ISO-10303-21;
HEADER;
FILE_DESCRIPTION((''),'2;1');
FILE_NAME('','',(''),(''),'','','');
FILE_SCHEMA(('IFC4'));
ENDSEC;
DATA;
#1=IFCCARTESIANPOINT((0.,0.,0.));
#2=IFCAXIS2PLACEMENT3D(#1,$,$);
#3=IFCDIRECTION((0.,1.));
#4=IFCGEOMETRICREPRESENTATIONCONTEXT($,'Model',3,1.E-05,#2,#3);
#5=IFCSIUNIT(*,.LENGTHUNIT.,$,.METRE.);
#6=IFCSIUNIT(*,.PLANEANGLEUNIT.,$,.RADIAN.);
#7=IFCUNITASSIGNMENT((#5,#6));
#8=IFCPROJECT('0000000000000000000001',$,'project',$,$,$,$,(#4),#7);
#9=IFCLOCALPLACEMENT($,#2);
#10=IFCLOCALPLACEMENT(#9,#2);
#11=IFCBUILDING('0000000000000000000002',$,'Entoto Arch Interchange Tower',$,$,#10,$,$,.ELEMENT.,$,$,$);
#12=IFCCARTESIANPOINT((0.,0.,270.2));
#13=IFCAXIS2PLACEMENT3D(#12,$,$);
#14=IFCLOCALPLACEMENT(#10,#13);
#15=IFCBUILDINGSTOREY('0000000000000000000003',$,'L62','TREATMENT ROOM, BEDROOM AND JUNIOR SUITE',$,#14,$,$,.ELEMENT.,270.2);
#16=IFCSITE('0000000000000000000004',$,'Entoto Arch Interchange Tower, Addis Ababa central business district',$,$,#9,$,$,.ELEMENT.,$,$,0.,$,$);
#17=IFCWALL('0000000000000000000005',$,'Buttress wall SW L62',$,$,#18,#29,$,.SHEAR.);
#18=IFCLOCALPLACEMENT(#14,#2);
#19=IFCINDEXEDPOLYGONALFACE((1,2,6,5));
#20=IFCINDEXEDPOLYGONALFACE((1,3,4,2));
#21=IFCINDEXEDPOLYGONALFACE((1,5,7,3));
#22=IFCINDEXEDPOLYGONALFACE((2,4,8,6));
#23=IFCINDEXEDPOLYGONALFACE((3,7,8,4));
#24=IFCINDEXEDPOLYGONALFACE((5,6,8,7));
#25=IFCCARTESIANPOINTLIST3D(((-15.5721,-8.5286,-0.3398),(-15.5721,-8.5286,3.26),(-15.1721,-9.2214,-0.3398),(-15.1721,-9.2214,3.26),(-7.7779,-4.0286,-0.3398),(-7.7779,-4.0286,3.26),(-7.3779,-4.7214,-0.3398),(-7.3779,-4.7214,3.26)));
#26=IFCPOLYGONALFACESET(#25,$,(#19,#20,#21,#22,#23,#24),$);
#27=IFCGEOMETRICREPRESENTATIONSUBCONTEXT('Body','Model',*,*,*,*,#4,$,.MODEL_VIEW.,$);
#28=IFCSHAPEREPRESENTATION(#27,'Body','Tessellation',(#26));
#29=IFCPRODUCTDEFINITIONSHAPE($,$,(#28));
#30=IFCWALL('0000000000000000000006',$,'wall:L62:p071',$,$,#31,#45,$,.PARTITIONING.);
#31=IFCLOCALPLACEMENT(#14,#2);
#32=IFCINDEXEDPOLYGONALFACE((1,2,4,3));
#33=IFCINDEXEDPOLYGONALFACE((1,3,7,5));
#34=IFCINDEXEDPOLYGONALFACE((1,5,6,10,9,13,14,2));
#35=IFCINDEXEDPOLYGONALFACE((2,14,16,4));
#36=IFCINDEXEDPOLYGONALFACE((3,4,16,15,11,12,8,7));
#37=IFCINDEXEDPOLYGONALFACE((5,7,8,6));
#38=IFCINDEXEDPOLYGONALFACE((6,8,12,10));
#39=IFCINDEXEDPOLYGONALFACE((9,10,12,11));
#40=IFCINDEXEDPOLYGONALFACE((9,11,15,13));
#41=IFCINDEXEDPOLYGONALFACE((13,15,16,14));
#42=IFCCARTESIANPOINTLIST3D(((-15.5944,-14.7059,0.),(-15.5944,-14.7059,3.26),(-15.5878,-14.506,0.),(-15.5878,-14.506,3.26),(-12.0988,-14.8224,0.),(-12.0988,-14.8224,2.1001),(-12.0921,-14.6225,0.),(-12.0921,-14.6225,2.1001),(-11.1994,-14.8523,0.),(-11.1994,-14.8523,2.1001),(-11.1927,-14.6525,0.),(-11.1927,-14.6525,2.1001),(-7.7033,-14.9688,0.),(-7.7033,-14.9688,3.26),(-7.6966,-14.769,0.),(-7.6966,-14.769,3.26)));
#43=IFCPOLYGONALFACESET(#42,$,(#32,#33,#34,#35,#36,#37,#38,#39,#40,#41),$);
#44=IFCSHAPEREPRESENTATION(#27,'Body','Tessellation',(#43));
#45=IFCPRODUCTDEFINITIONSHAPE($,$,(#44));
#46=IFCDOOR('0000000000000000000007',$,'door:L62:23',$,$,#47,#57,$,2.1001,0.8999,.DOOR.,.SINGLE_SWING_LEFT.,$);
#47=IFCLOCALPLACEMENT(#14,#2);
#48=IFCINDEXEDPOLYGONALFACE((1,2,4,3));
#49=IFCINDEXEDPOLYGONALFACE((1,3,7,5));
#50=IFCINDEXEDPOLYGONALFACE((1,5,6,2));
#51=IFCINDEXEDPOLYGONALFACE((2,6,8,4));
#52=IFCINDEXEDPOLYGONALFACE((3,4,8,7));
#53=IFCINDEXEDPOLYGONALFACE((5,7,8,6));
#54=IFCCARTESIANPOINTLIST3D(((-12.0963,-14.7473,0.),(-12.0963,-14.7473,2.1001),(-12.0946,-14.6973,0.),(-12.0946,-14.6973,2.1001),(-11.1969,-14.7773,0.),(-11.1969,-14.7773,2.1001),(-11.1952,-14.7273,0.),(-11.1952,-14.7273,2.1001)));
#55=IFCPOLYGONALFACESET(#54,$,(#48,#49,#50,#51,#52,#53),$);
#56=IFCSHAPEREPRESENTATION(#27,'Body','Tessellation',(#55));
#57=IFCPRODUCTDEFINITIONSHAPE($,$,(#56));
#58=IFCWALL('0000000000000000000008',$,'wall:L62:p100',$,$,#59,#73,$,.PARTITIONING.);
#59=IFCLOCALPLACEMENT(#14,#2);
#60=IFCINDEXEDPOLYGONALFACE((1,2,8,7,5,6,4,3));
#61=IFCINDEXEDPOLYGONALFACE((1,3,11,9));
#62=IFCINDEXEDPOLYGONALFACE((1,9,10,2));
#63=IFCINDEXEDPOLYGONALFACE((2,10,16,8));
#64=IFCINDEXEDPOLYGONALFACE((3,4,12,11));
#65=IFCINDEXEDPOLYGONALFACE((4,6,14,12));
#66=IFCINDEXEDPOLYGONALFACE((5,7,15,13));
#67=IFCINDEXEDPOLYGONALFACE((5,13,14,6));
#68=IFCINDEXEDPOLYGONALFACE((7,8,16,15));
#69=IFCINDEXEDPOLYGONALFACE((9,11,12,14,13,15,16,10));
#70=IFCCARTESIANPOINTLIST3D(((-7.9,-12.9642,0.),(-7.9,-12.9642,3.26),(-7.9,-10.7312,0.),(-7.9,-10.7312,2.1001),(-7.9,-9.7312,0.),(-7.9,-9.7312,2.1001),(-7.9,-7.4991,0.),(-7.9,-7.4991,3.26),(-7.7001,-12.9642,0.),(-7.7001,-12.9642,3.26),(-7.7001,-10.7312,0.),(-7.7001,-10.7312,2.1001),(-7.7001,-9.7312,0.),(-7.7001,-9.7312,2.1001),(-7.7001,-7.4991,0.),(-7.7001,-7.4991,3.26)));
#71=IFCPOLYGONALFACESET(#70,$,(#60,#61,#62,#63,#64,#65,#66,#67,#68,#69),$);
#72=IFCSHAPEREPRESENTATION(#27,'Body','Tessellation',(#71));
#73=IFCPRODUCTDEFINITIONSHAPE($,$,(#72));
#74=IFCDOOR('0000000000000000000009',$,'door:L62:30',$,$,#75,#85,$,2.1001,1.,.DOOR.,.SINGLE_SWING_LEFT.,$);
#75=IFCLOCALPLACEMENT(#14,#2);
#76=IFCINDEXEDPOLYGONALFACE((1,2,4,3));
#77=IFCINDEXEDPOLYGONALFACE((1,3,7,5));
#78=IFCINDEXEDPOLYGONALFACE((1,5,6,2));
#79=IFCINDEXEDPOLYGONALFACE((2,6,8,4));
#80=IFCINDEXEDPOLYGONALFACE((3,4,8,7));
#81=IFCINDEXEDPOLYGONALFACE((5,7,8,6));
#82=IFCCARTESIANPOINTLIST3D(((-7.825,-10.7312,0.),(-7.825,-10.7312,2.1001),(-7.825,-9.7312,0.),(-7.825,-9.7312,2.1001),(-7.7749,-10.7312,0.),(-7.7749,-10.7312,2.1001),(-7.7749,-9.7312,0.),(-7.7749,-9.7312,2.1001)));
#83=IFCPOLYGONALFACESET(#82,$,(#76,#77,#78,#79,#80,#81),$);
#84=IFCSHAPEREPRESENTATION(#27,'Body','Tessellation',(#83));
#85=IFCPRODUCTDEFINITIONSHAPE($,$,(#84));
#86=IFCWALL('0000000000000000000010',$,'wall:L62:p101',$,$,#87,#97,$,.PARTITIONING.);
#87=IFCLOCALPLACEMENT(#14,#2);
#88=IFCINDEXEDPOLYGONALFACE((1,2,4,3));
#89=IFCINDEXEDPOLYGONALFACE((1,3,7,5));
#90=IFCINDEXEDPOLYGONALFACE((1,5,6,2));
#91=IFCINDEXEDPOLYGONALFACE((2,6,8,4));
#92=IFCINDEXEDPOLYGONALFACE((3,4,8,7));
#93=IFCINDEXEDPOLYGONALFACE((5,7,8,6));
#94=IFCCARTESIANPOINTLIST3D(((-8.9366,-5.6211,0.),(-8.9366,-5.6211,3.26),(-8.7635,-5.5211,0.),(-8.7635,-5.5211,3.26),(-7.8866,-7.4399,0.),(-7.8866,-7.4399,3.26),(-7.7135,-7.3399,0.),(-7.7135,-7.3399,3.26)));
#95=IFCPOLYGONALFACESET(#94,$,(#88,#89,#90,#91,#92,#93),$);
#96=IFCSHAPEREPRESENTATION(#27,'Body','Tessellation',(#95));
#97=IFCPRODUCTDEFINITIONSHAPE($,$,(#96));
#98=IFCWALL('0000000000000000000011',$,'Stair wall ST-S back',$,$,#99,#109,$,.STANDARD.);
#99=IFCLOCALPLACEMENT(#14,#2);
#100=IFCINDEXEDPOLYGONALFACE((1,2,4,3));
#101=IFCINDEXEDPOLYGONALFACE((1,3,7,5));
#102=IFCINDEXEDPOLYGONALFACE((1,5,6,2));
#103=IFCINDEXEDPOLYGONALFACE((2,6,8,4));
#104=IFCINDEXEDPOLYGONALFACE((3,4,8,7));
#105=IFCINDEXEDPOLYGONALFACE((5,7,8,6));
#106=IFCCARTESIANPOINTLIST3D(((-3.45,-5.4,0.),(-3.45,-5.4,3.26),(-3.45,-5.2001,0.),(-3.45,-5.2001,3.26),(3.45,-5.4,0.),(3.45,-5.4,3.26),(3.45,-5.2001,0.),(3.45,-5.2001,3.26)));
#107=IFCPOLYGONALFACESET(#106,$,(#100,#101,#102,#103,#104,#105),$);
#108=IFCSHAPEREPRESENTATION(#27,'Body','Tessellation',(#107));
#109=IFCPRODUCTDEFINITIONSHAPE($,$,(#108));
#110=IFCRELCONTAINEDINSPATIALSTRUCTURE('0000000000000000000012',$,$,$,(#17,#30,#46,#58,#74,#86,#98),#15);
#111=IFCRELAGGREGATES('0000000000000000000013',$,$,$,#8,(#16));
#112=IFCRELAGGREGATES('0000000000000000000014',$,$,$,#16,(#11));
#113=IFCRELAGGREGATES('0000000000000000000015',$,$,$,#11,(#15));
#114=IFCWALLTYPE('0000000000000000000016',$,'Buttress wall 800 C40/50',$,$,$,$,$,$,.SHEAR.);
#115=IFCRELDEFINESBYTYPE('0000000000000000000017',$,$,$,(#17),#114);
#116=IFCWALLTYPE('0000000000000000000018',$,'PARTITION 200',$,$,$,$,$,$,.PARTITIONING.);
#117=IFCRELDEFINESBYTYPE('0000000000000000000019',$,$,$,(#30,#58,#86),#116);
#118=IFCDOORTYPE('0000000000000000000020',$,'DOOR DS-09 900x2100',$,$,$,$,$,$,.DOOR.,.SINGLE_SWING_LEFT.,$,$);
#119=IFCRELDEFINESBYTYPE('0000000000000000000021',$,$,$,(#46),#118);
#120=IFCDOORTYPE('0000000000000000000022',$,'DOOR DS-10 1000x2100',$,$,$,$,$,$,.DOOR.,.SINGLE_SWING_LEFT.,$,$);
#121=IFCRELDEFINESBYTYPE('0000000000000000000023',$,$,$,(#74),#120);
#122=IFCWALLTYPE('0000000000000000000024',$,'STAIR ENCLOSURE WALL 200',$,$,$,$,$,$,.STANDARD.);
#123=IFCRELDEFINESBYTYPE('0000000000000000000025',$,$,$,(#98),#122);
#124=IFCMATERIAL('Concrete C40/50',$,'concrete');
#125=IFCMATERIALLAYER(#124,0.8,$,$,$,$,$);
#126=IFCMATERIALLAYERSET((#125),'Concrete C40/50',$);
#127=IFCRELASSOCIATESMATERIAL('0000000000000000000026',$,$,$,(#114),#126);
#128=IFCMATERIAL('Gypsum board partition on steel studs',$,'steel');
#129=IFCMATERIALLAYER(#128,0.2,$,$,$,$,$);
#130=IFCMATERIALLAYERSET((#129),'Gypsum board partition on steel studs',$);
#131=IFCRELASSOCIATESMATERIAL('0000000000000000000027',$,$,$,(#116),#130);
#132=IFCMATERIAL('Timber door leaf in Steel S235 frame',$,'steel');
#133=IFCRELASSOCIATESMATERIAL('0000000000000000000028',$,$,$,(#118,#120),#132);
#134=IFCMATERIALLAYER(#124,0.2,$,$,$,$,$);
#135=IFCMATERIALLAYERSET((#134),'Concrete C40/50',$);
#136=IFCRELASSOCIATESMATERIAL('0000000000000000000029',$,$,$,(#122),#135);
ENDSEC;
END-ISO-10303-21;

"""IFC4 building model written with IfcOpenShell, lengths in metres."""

from ifc_helpers import new_model, si_unit, direction, frame, frame_2d, origin, place, context, subcontext, project, spatial, rectangle, extrude, material, layer, layer_set, type_object, element, fill, save


model = new_model("IFC4")

# Units and contexts
model_context = context("Model", 3, precision=1e-05, world=origin(), true_north=direction((0.0, 1.0)))
body_context = subcontext(model_context, "Body", "Model", "MODEL_VIEW")
ifc_project = project(units=[si_unit("LENGTHUNIT", "METRE"), si_unit("PLANEANGLEUNIT", "RADIAN")], contexts=[model_context])

# Site, building, storey
site_placement = place(None, origin())
site = spatial("IfcSite", under=ifc_project, at=site_placement, Name="Entoto Arch Interchange Tower, Addis Ababa central business district", CompositionType="ELEMENT", RefElevation=0.0)
building_placement = place(site_placement, origin())
building = spatial("IfcBuilding", under=site, at=building_placement, Name="Entoto Arch Interchange Tower", CompositionType="ELEMENT")
storey_placement = place(building_placement, frame((0.0, 0.0, 270.2)))
storey = spatial("IfcBuildingStorey", under=building, at=storey_placement, Name="L62", Description="TREATMENT ROOM, BEDROOM AND JUNIOR SUITE", CompositionType="ELEMENT", Elevation=270.2)

# Shared definitions
ifc_material_1 = material(Name="Concrete C40/50", Category="concrete")

# Wall
ifc_layer_1 = layer(ifc_material_1, 0.8)
ifc_layer_set_1 = layer_set([ifc_layer_1], Name="Concrete C40/50")
wall_type_1 = type_object("IfcWallType", Name="Buttress wall 800 C40/50", PredefinedType="SHEAR", material=ifc_layer_set_1)
wall_1_placement = place(storey_placement, frame((-7.5779, -4.375, -0.3398), z_axis=(0.0, 0.0, 1.0), x_axis=(-0.866024, -0.500002, 0.0)))
element("IfcWall", 1, at=wall_1_placement, inside=storey, type_object=wall_type_1, Name="Buttress wall SW L62", PredefinedType="SHEAR", context=body_context, shape_type="SweptSolid", body=[
    extrude(rectangle(XDim=9.0, YDim=0.8, at=frame_2d((4.5, 0.0))), origin(), (0.0, 0.0, 1.0), 3.5999),
])

# Walls, openings, doors
ifc_material_2 = material(Name="Gypsum board partition on steel studs", Category="steel")
ifc_layer_2 = layer(ifc_material_2, 0.2)
ifc_layer_set_2 = layer_set([ifc_layer_2], Name="Gypsum board partition on steel studs")
wall_type_2 = type_object("IfcWallType", Name="PARTITION 200", PredefinedType="PARTITIONING", material=ifc_layer_set_2)
wall_2_placement = place(storey_placement, frame((-7.7, -14.8689, 0.0), z_axis=(0.0, 0.0, 1.0), x_axis=(-0.999445, 0.033302, 0.0)))
wall_2 = element("IfcWall", 2, at=wall_2_placement, inside=storey, type_object=wall_type_2, Name="wall:L62:p071", PredefinedType="PARTITIONING", context=body_context, shape_type="SweptSolid", body=[
    extrude(rectangle(XDim=7.8955, YDim=0.2, at=frame_2d((3.9478, 0.0))), origin(), (0.0, 0.0, 1.0), 3.26),
])
opening_1_placement = place(wall_2_placement, frame((3.498, 0.0, 0.0)))
opening_1 = element("IfcOpeningElement", 3, at=opening_1_placement, cuts=wall_2, PredefinedType="OPENING", context=body_context, shape_type="SweptSolid", body=[
    extrude(rectangle(XDim=0.8999, YDim=2.1001, at=frame_2d((0.45, 1.05))), frame((0.0, 0.1099, 0.0), z_axis=(0.0, -1.0, 0.0), x_axis=(1.0, 0.0, 0.0)), (0.0, 0.0, 1.0), 0.22),
])
ifc_material_3 = material(Name="Timber door leaf in Steel S235 frame", Category="steel")
door_type_1 = type_object("IfcDoorType", Name="DOOR DS-09 900x2100", OperationType="SINGLE_SWING_LEFT", PredefinedType="DOOR", material=ifc_material_3)
door_1_placement = place(opening_1_placement, origin())
door_1 = element("IfcDoor", 4, at=door_1_placement, inside=storey, type_object=door_type_1, Name="door:L62:23", OperationType="SINGLE_SWING_LEFT", OverallHeight=2.1001, OverallWidth=0.8999, PredefinedType="DOOR", context=body_context, shape_type="SweptSolid", body=[
    extrude(rectangle(XDim=0.8999, YDim=2.1001, at=frame_2d((0.45, 1.05))), frame((0.0, 0.0249, 0.0), z_axis=(0.0, -1.0, 0.0), x_axis=(1.0, 0.0, 0.0)), (0.0, 0.0, 1.0), 0.05),
])
fill(opening_1, door_1)
wall_3_placement = place(storey_placement, frame((-7.8, -12.9641, 0.0), z_axis=(0.0, 0.0, 1.0), x_axis=(0.0, 1.0, 0.0)))
wall_3 = element("IfcWall", 5, at=wall_3_placement, inside=storey, type_object=wall_type_2, Name="wall:L62:p100", PredefinedType="PARTITIONING", context=body_context, shape_type="SweptSolid", body=[
    extrude(rectangle(XDim=5.4651, YDim=0.2, at=frame_2d((2.7324, 0.0))), origin(), (0.0, 0.0, 1.0), 3.26),
])
opening_2_placement = place(wall_3_placement, frame((2.2329, 0.0, 0.0)))
opening_2 = element("IfcOpeningElement", 6, at=opening_2_placement, cuts=wall_3, PredefinedType="OPENING", context=body_context, shape_type="SweptSolid", body=[
    extrude(rectangle(XDim=1.0, YDim=2.1001, at=frame_2d((0.5, 1.05))), frame((0.0, 0.1099, 0.0), z_axis=(0.0, -1.0, 0.0), x_axis=(1.0, 0.0, 0.0)), (0.0, 0.0, 1.0), 0.22),
])
door_type_2 = type_object("IfcDoorType", Name="DOOR DS-10 1000x2100", OperationType="SINGLE_SWING_LEFT", PredefinedType="DOOR", material=ifc_material_3)
door_2_placement = place(opening_2_placement, origin())
door_2 = element("IfcDoor", 7, at=door_2_placement, inside=storey, type_object=door_type_2, Name="door:L62:30", OperationType="SINGLE_SWING_LEFT", OverallHeight=2.1001, OverallWidth=1.0, PredefinedType="DOOR", context=body_context, shape_type="SweptSolid", body=[
    extrude(rectangle(XDim=1.0, YDim=2.1001, at=frame_2d((0.5, 1.05))), frame((0.0, 0.0249, 0.0), z_axis=(0.0, -1.0, 0.0), x_axis=(1.0, 0.0, 0.0)), (0.0, 0.0, 1.0), 0.05),
])
fill(opening_2, door_2)

# Walls
wall_4_placement = place(storey_placement, frame((-7.8, -7.3899, 0.0), z_axis=(0.0, 0.0, 1.0), x_axis=(-0.499977, 0.866038, 0.0)))
element("IfcWall", 8, at=wall_4_placement, inside=storey, type_object=wall_type_2, Name="wall:L62:p101", PredefinedType="PARTITIONING", context=body_context, shape_type="SweptSolid", body=[
    extrude(rectangle(XDim=2.1001, YDim=0.2, at=frame_2d((1.05, 0.0))), origin(), (0.0, 0.0, 1.0), 3.26),
])
ifc_layer_3 = layer(ifc_material_1, 0.2)
ifc_layer_set_3 = layer_set([ifc_layer_3], Name="Concrete C40/50")
wall_type_3 = type_object("IfcWallType", Name="STAIR ENCLOSURE WALL 200", PredefinedType="STANDARD", material=ifc_layer_set_3)
wall_5_placement = place(storey_placement, frame((-3.45, -5.3, 0.0), z_axis=(0.0, 0.0, 1.0), x_axis=(1.0, 0.0, 0.0)))
element("IfcWall", 9, at=wall_5_placement, inside=storey, type_object=wall_type_3, Name="Stair wall ST-S back", PredefinedType="STANDARD", context=body_context, shape_type="SweptSolid", body=[
    extrude(rectangle(XDim=6.8999, YDim=0.2, at=frame_2d((3.45, 0.0))), origin(), (0.0, 0.0, 1.0), 3.26),
])

save(model, "model.ifc")
